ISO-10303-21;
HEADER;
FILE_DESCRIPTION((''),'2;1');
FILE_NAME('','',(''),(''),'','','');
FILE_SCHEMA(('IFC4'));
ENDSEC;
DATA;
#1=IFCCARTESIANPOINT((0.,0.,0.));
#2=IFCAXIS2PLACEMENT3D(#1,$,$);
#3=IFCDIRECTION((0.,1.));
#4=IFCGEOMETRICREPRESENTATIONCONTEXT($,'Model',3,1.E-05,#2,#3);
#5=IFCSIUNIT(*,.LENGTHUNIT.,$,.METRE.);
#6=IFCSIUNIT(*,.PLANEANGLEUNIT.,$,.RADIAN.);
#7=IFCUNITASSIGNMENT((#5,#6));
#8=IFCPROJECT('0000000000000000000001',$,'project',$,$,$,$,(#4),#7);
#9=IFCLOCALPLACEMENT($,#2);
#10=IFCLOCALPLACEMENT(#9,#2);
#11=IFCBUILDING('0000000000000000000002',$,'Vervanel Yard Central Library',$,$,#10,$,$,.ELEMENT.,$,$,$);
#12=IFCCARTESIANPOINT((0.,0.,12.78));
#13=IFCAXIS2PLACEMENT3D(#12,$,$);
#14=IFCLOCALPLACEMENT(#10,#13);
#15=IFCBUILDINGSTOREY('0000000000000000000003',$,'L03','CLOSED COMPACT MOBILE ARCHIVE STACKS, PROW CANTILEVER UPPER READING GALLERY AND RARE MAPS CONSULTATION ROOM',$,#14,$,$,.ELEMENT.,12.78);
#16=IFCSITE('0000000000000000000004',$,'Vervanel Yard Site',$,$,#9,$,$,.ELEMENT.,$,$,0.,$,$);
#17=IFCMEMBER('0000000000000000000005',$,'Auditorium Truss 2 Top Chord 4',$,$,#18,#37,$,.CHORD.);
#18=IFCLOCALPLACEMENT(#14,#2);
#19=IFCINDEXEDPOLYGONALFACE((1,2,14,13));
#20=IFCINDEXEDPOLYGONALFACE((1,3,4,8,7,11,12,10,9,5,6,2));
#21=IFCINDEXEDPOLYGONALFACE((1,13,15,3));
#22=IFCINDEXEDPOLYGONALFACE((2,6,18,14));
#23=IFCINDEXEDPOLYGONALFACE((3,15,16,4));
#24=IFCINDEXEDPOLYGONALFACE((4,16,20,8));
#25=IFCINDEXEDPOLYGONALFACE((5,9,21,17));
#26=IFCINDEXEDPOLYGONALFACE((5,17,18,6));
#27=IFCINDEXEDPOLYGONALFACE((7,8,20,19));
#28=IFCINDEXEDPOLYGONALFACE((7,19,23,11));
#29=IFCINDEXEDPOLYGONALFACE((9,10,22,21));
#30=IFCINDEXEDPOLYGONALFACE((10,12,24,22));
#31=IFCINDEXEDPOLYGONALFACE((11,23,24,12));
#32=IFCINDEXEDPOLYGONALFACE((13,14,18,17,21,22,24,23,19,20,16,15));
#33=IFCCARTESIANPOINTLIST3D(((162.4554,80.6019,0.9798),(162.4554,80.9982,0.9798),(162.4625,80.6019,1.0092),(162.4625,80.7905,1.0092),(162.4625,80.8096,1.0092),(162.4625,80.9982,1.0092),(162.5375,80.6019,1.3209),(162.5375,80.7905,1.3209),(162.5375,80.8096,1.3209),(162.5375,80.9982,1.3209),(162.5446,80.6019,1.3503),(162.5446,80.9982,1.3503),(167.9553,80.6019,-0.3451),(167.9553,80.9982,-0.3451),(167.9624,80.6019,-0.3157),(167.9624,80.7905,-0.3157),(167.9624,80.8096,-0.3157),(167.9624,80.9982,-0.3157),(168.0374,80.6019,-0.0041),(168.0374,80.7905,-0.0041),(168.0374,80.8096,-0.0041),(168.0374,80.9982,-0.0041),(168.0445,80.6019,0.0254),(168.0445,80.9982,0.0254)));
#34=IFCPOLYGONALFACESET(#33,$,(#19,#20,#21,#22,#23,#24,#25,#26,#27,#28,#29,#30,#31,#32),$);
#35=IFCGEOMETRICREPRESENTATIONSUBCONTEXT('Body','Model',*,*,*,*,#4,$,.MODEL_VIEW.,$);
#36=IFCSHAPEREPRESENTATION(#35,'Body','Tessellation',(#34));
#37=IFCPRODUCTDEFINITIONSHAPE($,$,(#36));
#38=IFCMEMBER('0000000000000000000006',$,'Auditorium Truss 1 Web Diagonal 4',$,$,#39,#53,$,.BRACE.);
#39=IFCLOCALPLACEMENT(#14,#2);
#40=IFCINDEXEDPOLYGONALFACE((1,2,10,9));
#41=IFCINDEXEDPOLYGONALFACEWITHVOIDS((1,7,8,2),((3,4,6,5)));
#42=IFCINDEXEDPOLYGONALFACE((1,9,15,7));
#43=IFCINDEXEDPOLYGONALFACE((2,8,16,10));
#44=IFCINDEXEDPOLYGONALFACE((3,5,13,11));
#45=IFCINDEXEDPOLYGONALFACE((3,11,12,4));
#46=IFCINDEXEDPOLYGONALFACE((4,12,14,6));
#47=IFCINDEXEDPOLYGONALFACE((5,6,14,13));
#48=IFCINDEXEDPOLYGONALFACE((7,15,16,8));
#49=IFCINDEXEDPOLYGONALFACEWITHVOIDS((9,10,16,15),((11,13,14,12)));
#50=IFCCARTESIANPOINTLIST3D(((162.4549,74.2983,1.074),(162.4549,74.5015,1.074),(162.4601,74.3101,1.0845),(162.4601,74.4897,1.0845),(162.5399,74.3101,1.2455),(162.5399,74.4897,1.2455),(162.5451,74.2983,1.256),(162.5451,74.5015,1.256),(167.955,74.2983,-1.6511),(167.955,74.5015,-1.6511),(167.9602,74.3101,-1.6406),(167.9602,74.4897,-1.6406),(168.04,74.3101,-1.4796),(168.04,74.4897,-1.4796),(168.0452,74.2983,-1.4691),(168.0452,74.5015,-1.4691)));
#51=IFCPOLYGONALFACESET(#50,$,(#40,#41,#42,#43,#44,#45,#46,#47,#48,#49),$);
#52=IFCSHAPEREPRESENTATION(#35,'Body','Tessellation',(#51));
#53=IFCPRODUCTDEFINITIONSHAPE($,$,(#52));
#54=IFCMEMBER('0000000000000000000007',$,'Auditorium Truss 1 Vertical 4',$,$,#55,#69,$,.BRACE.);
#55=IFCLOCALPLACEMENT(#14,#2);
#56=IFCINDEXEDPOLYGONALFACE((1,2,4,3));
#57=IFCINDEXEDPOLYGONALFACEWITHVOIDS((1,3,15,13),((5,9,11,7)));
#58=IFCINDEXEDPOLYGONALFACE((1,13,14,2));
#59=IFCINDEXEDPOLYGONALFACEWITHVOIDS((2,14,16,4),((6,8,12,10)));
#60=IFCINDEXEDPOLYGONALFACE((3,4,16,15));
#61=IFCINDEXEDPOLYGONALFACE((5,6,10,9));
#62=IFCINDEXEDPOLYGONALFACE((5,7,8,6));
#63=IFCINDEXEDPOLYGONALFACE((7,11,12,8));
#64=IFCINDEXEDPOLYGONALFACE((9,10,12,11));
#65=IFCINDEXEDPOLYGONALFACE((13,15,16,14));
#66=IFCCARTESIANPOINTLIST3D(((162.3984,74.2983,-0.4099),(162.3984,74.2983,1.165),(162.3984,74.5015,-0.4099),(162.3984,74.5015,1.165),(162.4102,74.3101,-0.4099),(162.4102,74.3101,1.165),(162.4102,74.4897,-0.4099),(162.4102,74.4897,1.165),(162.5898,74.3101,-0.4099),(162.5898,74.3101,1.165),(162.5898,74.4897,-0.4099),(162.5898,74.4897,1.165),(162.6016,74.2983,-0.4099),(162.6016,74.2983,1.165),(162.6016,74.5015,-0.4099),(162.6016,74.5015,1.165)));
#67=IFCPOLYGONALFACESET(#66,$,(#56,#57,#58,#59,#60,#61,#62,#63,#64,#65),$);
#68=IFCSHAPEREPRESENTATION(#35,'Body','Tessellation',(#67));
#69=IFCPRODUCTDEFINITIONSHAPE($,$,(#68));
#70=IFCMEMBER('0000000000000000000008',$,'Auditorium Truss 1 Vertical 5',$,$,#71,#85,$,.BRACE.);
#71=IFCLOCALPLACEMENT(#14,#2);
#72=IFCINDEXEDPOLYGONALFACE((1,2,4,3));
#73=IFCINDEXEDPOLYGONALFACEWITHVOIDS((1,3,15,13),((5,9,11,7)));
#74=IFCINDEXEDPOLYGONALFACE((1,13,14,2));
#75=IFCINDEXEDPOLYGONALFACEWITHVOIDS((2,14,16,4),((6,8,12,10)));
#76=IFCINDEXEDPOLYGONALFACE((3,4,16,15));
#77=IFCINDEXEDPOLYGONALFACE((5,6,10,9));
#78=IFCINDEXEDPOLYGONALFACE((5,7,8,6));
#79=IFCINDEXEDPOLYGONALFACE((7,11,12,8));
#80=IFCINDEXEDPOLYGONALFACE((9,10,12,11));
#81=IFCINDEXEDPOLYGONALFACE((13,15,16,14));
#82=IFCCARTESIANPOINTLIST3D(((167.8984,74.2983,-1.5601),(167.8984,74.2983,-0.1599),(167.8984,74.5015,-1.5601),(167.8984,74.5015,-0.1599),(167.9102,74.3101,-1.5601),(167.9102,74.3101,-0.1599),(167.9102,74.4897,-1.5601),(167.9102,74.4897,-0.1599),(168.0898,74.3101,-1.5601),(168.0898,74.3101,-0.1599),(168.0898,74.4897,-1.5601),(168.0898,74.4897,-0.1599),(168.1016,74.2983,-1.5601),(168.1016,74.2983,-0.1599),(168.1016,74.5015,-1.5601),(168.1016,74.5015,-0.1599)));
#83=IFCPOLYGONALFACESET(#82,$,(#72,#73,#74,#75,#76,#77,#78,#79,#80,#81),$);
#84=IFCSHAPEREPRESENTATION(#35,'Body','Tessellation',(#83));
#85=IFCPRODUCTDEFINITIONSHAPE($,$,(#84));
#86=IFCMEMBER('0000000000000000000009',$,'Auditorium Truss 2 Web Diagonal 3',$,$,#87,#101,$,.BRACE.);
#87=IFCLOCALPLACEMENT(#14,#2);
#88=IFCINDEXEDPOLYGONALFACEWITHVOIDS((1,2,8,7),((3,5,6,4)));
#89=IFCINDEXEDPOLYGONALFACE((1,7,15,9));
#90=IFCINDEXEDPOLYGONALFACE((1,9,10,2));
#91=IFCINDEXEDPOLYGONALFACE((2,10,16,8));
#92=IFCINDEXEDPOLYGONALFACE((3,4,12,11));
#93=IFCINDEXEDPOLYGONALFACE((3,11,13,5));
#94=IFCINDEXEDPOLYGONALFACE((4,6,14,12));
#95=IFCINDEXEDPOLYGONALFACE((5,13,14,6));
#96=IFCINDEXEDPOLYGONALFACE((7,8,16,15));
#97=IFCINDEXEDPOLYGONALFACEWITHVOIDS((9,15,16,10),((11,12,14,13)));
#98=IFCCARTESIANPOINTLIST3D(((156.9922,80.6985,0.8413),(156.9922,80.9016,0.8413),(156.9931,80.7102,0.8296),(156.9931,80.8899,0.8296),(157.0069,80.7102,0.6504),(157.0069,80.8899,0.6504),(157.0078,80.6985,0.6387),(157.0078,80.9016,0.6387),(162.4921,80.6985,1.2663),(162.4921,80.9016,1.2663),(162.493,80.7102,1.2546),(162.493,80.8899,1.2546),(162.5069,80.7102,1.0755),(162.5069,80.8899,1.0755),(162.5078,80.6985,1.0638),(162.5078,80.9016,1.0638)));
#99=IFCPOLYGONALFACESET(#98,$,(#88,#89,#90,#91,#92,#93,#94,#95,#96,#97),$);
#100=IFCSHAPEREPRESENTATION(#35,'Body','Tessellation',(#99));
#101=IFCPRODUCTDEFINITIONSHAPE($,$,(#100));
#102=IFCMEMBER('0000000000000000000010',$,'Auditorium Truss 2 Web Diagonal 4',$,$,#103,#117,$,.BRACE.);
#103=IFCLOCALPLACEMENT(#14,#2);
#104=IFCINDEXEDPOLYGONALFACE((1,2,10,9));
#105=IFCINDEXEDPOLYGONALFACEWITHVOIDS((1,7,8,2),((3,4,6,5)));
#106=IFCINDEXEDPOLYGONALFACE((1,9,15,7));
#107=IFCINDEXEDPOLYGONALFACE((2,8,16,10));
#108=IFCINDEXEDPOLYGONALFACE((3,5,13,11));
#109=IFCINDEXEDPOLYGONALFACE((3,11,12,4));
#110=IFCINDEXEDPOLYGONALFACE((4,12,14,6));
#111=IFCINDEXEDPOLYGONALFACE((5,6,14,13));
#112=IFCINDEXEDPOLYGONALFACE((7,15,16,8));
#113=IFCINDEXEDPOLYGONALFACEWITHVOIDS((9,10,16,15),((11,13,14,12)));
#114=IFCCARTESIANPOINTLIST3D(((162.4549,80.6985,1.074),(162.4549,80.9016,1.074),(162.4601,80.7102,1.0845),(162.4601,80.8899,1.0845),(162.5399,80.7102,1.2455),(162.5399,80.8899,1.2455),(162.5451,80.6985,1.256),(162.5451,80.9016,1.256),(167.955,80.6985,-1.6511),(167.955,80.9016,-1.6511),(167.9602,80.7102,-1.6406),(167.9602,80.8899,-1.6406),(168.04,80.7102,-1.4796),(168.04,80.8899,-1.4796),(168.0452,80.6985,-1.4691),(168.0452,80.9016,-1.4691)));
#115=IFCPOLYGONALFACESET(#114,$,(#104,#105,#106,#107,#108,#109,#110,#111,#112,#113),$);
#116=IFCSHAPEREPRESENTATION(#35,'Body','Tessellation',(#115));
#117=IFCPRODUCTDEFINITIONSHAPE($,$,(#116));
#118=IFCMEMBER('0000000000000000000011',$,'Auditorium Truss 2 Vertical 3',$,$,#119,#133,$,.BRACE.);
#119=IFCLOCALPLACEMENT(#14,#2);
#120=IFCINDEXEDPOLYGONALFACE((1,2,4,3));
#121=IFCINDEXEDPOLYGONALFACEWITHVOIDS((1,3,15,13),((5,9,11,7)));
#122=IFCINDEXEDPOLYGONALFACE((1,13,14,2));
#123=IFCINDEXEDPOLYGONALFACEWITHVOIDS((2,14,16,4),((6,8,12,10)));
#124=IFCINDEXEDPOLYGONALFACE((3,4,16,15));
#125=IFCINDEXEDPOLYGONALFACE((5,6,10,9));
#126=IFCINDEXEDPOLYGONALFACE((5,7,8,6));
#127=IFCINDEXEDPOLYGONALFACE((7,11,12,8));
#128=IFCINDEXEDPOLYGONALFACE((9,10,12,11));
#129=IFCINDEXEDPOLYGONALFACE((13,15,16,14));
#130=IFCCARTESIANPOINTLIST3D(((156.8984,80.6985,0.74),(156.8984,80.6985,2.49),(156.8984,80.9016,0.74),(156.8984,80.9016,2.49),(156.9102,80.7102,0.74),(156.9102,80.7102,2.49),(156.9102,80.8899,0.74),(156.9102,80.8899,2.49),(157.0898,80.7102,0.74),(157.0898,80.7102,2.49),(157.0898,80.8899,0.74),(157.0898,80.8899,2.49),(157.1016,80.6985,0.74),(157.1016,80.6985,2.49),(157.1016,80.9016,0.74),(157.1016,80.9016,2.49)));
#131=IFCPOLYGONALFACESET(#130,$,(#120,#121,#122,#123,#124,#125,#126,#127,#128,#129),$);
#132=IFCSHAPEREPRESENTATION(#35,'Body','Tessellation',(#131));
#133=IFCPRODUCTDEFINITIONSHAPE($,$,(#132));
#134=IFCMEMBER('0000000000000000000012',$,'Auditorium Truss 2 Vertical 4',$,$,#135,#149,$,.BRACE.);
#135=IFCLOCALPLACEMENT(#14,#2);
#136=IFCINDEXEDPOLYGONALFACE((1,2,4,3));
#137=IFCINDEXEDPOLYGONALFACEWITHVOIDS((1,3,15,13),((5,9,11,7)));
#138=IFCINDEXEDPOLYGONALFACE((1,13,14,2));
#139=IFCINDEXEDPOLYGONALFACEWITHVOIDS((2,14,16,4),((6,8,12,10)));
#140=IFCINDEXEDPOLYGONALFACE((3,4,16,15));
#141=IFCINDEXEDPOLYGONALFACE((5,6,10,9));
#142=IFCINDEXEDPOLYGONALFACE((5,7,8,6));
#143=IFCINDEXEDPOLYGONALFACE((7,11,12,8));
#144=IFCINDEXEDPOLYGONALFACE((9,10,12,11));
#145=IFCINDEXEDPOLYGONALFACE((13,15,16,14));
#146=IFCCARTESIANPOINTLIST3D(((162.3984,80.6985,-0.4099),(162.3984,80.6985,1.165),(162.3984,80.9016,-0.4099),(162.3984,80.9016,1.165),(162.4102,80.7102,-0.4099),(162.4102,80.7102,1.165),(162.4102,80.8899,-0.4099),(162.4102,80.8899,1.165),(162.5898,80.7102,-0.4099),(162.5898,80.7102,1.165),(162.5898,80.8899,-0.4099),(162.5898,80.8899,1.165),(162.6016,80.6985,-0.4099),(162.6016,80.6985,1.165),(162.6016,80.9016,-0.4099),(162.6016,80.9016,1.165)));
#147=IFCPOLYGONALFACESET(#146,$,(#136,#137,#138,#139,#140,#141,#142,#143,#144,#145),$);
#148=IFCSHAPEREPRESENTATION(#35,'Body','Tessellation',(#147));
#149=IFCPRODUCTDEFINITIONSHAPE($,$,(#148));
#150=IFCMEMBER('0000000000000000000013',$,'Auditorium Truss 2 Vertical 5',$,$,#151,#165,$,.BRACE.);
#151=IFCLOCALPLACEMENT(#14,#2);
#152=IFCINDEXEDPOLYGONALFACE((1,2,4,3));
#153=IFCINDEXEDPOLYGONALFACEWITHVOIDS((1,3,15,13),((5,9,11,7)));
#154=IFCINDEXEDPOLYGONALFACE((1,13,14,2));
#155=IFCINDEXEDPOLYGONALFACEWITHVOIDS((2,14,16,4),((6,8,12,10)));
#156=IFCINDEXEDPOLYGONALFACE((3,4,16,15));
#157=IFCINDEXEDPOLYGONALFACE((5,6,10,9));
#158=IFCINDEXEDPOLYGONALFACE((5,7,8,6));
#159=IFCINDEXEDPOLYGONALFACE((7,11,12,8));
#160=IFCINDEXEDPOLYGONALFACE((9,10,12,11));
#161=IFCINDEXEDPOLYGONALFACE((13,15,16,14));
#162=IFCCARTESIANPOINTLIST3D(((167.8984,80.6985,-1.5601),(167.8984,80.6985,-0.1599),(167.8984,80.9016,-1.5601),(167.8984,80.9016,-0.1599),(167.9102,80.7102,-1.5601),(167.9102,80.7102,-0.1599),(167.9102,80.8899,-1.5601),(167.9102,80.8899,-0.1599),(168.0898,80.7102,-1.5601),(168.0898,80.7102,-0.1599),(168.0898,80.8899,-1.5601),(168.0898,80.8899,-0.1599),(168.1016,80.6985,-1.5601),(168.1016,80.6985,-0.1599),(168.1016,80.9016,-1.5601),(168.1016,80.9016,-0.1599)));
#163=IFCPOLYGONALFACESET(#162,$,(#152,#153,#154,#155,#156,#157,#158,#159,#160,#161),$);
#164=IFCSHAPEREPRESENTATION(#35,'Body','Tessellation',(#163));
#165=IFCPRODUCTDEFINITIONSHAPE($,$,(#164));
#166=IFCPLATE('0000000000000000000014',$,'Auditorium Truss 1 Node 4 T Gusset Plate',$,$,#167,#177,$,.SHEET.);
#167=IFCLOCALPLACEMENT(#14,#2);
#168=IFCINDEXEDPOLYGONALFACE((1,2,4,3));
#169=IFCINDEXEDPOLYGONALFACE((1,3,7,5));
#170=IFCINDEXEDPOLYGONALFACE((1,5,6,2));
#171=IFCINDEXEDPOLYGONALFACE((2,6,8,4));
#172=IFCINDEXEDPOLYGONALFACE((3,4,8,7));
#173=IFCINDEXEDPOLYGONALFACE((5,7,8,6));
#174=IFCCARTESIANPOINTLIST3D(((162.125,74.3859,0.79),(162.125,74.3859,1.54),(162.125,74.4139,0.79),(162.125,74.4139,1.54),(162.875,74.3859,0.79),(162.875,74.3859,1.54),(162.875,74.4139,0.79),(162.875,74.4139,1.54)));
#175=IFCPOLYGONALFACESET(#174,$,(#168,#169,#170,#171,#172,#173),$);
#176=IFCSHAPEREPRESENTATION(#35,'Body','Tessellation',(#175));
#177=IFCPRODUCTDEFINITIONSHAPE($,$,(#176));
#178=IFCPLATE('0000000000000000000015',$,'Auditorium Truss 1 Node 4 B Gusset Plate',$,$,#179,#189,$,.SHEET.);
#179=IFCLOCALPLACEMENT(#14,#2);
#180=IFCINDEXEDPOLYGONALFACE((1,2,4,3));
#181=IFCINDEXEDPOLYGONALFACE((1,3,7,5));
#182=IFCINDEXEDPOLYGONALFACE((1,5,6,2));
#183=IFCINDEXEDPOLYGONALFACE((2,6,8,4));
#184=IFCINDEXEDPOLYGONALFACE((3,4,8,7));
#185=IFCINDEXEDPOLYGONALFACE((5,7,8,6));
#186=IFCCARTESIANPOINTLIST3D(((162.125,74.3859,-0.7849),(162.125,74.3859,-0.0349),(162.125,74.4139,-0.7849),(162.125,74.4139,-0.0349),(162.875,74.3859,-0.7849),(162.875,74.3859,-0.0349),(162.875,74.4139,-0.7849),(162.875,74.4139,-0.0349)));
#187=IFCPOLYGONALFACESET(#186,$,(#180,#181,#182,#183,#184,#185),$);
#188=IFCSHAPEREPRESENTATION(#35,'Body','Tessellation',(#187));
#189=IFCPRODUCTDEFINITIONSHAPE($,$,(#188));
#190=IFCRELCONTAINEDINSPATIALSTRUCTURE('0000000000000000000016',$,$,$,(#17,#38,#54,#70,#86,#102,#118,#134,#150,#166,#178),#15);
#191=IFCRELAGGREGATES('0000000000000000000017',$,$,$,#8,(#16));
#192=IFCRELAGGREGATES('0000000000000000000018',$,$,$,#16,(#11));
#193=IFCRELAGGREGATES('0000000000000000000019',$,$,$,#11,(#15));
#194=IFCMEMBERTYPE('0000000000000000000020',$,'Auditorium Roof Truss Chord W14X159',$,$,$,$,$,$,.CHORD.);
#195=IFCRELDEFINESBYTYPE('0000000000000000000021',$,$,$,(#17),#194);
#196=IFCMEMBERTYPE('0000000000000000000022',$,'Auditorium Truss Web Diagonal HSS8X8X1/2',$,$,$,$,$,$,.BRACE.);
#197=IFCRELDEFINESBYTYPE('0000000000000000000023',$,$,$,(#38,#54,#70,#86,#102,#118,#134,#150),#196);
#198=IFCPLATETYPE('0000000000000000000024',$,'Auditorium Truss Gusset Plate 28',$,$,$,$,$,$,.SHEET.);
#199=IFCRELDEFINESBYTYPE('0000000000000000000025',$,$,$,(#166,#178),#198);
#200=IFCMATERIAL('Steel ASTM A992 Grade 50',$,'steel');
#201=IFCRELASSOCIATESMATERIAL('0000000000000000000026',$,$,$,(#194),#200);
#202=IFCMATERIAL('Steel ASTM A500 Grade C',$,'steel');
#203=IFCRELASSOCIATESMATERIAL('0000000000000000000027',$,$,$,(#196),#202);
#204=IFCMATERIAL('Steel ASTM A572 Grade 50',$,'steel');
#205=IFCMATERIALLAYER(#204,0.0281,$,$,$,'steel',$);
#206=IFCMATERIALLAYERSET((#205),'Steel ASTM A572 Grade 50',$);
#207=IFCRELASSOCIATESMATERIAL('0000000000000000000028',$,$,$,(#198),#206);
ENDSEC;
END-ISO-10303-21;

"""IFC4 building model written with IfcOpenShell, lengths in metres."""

from ifc_helpers import new_model, si_unit, direction, frame, origin, origin_2d, place, context, subcontext, project, spatial, rectangle, hollow_rectangle, i_section, extrude, material, layer, layer_set, material_profile, profile_set, type_object, element, save


model = new_model("IFC4")

# Units and contexts
model_context = context("Model", 3, precision=1e-05, world=origin(), true_north=direction((0.0, 1.0)))
body_context = subcontext(model_context, "Body", "Model", "MODEL_VIEW")
ifc_project = project(units=[si_unit("LENGTHUNIT", "METRE"), si_unit("PLANEANGLEUNIT", "RADIAN")], contexts=[model_context])

# Site, building, storey
site_placement = place(None, origin())
site = spatial("IfcSite", under=ifc_project, at=site_placement, Name="Vervanel Yard Site", CompositionType="ELEMENT", RefElevation=0.0)
building_placement = place(site_placement, origin())
building = spatial("IfcBuilding", under=site, at=building_placement, Name="Vervanel Yard Central Library", CompositionType="ELEMENT")
storey_placement = place(building_placement, frame((0.0, 0.0, 12.78)))
storey = spatial("IfcBuildingStorey", under=building, at=storey_placement, Name="L03", Description="CLOSED COMPACT MOBILE ARCHIVE STACKS, PROW CANTILEVER UPPER READING GALLERY AND RARE MAPS CONSULTATION ROOM", CompositionType="ELEMENT", Elevation=12.78)

# Members
ifc_material_1 = material(Name="Steel ASTM A992 Grade 50", Category="steel")
ifc_material_profile_1 = material_profile(ifc_material_1, i_section(OverallWidth=0.3962, OverallDepth=0.3811, WebThickness=0.019, FlangeThickness=0.0303, at=origin_2d()), Name="W14X159", Category="steel")
ifc_profile_set_1 = profile_set([ifc_material_profile_1], Name="Steel ASTM A992 Grade 50")
member_type_1 = type_object("IfcMemberType", Name="Auditorium Roof Truss Chord W14X159", PredefinedType="CHORD", material=ifc_profile_set_1)
for number, where, z_axis, x_axis, name in (
    (1, (162.5, 80.8, 1.165), (0.972188, 0.0, -0.2342), (0.0, 1.0, 0.0), "Auditorium Truss 2 Top Chord 4"),
):
    element("IfcMember", number, at=place(storey_placement, frame(where, z_axis=z_axis, x_axis=x_axis)), inside=storey, type_object=member_type_1, Name=name, PredefinedType="CHORD", context=body_context, shape_type="SweptSolid", body=[
        extrude(i_section(OverallWidth=0.3962, OverallDepth=0.3811, WebThickness=0.019, FlangeThickness=0.0303, at=origin_2d()), origin(), (0.0, 0.0, 1.0), 5.6572),
    ])
ifc_material_2 = material(Name="Steel ASTM A500 Grade C", Category="steel")
ifc_material_profile_2 = material_profile(ifc_material_2, hollow_rectangle(XDim=0.2031, YDim=0.2031, WallThickness=0.0117, at=origin_2d()), Name="HSS8X8X1/2", Category="steel")
ifc_profile_set_2 = profile_set([ifc_material_profile_2], Name="Steel ASTM A500 Grade C")
member_type_2 = type_object("IfcMemberType", Name="Auditorium Truss Web Diagonal HSS8X8X1/2", PredefinedType="BRACE", material=ifc_profile_set_2)
member_1_placement = place(storey_placement, frame((162.5, 74.3999, 1.165), z_axis=(0.896044, 0.0, -0.443965), x_axis=(0.0, 1.0, 0.0)))
element("IfcMember", 2, at=member_1_placement, inside=storey, type_object=member_type_2, Name="Auditorium Truss 1 Web Diagonal 4", PredefinedType="BRACE", context=body_context, shape_type="SweptSolid", body=[
    extrude(hollow_rectangle(XDim=0.2031, YDim=0.2031, WallThickness=0.0117, at=origin_2d()), origin(), (0.0, 0.0, 1.0), 6.1382),
])
member_2_placement = place(storey_placement, frame((162.5, 74.3999, -0.4099), z_axis=(0.0, 0.0, 1.0), x_axis=(1.0, 0.0, 0.0)))
element("IfcMember", 3, at=member_2_placement, inside=storey, type_object=member_type_2, Name="Auditorium Truss 1 Vertical 4", PredefinedType="BRACE", context=body_context, shape_type="SweptSolid", body=[
    extrude(hollow_rectangle(XDim=0.2031, YDim=0.2031, WallThickness=0.0117, at=origin_2d()), origin(), (0.0, 0.0, 1.0), 1.575),
])
member_3_placement = place(storey_placement, frame((168.0, 74.3999, -1.5601), z_axis=(0.0, 0.0, 1.0), x_axis=(1.0, 0.0, 0.0)))
element("IfcMember", 4, at=member_3_placement, inside=storey, type_object=member_type_2, Name="Auditorium Truss 1 Vertical 5", PredefinedType="BRACE", context=body_context, shape_type="SweptSolid", body=[
    extrude(hollow_rectangle(XDim=0.2031, YDim=0.2031, WallThickness=0.0117, at=origin_2d()), origin(), (0.0, 0.0, 1.0), 1.4001),
])
member_4_placement = place(storey_placement, frame((157.0, 80.8, 0.74), z_axis=(0.997027, 0.0, 0.077052), x_axis=(0.0, 1.0, 0.0)))
element("IfcMember", 5, at=member_4_placement, inside=storey, type_object=member_type_2, Name="Auditorium Truss 2 Web Diagonal 3", PredefinedType="BRACE", context=body_context, shape_type="SweptSolid", body=[
    extrude(hollow_rectangle(XDim=0.2031, YDim=0.2031, WallThickness=0.0117, at=origin_2d()), origin(), (0.0, 0.0, 1.0), 5.5164),
])
member_5_placement = place(storey_placement, frame((162.5, 80.8, 1.165), z_axis=(0.896044, 0.0, -0.443965), x_axis=(0.0, 1.0, 0.0)))
element("IfcMember", 6, at=member_5_placement, inside=storey, type_object=member_type_2, Name="Auditorium Truss 2 Web Diagonal 4", PredefinedType="BRACE", context=body_context, shape_type="SweptSolid", body=[
    extrude(hollow_rectangle(XDim=0.2031, YDim=0.2031, WallThickness=0.0117, at=origin_2d()), origin(), (0.0, 0.0, 1.0), 6.1382),
])
member_6_placement = place(storey_placement, frame((157.0, 80.8, 0.74), z_axis=(0.0, 0.0, 1.0), x_axis=(1.0, 0.0, 0.0)))
element("IfcMember", 7, at=member_6_placement, inside=storey, type_object=member_type_2, Name="Auditorium Truss 2 Vertical 3", PredefinedType="BRACE", context=body_context, shape_type="SweptSolid", body=[
    extrude(hollow_rectangle(XDim=0.2031, YDim=0.2031, WallThickness=0.0117, at=origin_2d()), origin(), (0.0, 0.0, 1.0), 1.75),
])
member_7_placement = place(storey_placement, frame((162.5, 80.8, -0.4099), z_axis=(0.0, 0.0, 1.0), x_axis=(1.0, 0.0, 0.0)))
element("IfcMember", 8, at=member_7_placement, inside=storey, type_object=member_type_2, Name="Auditorium Truss 2 Vertical 4", PredefinedType="BRACE", context=body_context, shape_type="SweptSolid", body=[
    extrude(hollow_rectangle(XDim=0.2031, YDim=0.2031, WallThickness=0.0117, at=origin_2d()), origin(), (0.0, 0.0, 1.0), 1.575),
])
member_8_placement = place(storey_placement, frame((168.0, 80.8, -1.5601), z_axis=(0.0, 0.0, 1.0), x_axis=(1.0, 0.0, 0.0)))
element("IfcMember", 9, at=member_8_placement, inside=storey, type_object=member_type_2, Name="Auditorium Truss 2 Vertical 5", PredefinedType="BRACE", context=body_context, shape_type="SweptSolid", body=[
    extrude(hollow_rectangle(XDim=0.2031, YDim=0.2031, WallThickness=0.0117, at=origin_2d()), origin(), (0.0, 0.0, 1.0), 1.4001),
])

# Plates
ifc_material_3 = material(Name="Steel ASTM A572 Grade 50", Category="steel")
ifc_layer = layer(ifc_material_3, 0.0281, Category="steel")
ifc_layer_set = layer_set([ifc_layer], Name="Steel ASTM A572 Grade 50")
plate_type = type_object("IfcPlateType", Name="Auditorium Truss Gusset Plate 28", PredefinedType="SHEET", material=ifc_layer_set)
for number, where, z_axis, x_axis, name in (
    (10, (162.5, 74.3999, 0.79), (0.0, 0.0, 1.0), (1.0, 0.0, 0.0), "Auditorium Truss 1 Node 4 T Gusset Plate"),
    (11, (162.5, 74.3999, -0.7849), (0.0, 0.0, 1.0), (1.0, 0.0, 0.0), "Auditorium Truss 1 Node 4 B Gusset Plate"),
):
    element("IfcPlate", number, at=place(storey_placement, frame(where, z_axis=z_axis, x_axis=x_axis)), inside=storey, type_object=plate_type, Name=name, PredefinedType="SHEET", context=body_context, shape_type="SweptSolid", body=[
        extrude(rectangle(XDim=0.75, YDim=0.0281, at=origin_2d()), origin(), (0.0, 0.0, 1.0), 0.75),
    ])

save(model, "model.ifc")
